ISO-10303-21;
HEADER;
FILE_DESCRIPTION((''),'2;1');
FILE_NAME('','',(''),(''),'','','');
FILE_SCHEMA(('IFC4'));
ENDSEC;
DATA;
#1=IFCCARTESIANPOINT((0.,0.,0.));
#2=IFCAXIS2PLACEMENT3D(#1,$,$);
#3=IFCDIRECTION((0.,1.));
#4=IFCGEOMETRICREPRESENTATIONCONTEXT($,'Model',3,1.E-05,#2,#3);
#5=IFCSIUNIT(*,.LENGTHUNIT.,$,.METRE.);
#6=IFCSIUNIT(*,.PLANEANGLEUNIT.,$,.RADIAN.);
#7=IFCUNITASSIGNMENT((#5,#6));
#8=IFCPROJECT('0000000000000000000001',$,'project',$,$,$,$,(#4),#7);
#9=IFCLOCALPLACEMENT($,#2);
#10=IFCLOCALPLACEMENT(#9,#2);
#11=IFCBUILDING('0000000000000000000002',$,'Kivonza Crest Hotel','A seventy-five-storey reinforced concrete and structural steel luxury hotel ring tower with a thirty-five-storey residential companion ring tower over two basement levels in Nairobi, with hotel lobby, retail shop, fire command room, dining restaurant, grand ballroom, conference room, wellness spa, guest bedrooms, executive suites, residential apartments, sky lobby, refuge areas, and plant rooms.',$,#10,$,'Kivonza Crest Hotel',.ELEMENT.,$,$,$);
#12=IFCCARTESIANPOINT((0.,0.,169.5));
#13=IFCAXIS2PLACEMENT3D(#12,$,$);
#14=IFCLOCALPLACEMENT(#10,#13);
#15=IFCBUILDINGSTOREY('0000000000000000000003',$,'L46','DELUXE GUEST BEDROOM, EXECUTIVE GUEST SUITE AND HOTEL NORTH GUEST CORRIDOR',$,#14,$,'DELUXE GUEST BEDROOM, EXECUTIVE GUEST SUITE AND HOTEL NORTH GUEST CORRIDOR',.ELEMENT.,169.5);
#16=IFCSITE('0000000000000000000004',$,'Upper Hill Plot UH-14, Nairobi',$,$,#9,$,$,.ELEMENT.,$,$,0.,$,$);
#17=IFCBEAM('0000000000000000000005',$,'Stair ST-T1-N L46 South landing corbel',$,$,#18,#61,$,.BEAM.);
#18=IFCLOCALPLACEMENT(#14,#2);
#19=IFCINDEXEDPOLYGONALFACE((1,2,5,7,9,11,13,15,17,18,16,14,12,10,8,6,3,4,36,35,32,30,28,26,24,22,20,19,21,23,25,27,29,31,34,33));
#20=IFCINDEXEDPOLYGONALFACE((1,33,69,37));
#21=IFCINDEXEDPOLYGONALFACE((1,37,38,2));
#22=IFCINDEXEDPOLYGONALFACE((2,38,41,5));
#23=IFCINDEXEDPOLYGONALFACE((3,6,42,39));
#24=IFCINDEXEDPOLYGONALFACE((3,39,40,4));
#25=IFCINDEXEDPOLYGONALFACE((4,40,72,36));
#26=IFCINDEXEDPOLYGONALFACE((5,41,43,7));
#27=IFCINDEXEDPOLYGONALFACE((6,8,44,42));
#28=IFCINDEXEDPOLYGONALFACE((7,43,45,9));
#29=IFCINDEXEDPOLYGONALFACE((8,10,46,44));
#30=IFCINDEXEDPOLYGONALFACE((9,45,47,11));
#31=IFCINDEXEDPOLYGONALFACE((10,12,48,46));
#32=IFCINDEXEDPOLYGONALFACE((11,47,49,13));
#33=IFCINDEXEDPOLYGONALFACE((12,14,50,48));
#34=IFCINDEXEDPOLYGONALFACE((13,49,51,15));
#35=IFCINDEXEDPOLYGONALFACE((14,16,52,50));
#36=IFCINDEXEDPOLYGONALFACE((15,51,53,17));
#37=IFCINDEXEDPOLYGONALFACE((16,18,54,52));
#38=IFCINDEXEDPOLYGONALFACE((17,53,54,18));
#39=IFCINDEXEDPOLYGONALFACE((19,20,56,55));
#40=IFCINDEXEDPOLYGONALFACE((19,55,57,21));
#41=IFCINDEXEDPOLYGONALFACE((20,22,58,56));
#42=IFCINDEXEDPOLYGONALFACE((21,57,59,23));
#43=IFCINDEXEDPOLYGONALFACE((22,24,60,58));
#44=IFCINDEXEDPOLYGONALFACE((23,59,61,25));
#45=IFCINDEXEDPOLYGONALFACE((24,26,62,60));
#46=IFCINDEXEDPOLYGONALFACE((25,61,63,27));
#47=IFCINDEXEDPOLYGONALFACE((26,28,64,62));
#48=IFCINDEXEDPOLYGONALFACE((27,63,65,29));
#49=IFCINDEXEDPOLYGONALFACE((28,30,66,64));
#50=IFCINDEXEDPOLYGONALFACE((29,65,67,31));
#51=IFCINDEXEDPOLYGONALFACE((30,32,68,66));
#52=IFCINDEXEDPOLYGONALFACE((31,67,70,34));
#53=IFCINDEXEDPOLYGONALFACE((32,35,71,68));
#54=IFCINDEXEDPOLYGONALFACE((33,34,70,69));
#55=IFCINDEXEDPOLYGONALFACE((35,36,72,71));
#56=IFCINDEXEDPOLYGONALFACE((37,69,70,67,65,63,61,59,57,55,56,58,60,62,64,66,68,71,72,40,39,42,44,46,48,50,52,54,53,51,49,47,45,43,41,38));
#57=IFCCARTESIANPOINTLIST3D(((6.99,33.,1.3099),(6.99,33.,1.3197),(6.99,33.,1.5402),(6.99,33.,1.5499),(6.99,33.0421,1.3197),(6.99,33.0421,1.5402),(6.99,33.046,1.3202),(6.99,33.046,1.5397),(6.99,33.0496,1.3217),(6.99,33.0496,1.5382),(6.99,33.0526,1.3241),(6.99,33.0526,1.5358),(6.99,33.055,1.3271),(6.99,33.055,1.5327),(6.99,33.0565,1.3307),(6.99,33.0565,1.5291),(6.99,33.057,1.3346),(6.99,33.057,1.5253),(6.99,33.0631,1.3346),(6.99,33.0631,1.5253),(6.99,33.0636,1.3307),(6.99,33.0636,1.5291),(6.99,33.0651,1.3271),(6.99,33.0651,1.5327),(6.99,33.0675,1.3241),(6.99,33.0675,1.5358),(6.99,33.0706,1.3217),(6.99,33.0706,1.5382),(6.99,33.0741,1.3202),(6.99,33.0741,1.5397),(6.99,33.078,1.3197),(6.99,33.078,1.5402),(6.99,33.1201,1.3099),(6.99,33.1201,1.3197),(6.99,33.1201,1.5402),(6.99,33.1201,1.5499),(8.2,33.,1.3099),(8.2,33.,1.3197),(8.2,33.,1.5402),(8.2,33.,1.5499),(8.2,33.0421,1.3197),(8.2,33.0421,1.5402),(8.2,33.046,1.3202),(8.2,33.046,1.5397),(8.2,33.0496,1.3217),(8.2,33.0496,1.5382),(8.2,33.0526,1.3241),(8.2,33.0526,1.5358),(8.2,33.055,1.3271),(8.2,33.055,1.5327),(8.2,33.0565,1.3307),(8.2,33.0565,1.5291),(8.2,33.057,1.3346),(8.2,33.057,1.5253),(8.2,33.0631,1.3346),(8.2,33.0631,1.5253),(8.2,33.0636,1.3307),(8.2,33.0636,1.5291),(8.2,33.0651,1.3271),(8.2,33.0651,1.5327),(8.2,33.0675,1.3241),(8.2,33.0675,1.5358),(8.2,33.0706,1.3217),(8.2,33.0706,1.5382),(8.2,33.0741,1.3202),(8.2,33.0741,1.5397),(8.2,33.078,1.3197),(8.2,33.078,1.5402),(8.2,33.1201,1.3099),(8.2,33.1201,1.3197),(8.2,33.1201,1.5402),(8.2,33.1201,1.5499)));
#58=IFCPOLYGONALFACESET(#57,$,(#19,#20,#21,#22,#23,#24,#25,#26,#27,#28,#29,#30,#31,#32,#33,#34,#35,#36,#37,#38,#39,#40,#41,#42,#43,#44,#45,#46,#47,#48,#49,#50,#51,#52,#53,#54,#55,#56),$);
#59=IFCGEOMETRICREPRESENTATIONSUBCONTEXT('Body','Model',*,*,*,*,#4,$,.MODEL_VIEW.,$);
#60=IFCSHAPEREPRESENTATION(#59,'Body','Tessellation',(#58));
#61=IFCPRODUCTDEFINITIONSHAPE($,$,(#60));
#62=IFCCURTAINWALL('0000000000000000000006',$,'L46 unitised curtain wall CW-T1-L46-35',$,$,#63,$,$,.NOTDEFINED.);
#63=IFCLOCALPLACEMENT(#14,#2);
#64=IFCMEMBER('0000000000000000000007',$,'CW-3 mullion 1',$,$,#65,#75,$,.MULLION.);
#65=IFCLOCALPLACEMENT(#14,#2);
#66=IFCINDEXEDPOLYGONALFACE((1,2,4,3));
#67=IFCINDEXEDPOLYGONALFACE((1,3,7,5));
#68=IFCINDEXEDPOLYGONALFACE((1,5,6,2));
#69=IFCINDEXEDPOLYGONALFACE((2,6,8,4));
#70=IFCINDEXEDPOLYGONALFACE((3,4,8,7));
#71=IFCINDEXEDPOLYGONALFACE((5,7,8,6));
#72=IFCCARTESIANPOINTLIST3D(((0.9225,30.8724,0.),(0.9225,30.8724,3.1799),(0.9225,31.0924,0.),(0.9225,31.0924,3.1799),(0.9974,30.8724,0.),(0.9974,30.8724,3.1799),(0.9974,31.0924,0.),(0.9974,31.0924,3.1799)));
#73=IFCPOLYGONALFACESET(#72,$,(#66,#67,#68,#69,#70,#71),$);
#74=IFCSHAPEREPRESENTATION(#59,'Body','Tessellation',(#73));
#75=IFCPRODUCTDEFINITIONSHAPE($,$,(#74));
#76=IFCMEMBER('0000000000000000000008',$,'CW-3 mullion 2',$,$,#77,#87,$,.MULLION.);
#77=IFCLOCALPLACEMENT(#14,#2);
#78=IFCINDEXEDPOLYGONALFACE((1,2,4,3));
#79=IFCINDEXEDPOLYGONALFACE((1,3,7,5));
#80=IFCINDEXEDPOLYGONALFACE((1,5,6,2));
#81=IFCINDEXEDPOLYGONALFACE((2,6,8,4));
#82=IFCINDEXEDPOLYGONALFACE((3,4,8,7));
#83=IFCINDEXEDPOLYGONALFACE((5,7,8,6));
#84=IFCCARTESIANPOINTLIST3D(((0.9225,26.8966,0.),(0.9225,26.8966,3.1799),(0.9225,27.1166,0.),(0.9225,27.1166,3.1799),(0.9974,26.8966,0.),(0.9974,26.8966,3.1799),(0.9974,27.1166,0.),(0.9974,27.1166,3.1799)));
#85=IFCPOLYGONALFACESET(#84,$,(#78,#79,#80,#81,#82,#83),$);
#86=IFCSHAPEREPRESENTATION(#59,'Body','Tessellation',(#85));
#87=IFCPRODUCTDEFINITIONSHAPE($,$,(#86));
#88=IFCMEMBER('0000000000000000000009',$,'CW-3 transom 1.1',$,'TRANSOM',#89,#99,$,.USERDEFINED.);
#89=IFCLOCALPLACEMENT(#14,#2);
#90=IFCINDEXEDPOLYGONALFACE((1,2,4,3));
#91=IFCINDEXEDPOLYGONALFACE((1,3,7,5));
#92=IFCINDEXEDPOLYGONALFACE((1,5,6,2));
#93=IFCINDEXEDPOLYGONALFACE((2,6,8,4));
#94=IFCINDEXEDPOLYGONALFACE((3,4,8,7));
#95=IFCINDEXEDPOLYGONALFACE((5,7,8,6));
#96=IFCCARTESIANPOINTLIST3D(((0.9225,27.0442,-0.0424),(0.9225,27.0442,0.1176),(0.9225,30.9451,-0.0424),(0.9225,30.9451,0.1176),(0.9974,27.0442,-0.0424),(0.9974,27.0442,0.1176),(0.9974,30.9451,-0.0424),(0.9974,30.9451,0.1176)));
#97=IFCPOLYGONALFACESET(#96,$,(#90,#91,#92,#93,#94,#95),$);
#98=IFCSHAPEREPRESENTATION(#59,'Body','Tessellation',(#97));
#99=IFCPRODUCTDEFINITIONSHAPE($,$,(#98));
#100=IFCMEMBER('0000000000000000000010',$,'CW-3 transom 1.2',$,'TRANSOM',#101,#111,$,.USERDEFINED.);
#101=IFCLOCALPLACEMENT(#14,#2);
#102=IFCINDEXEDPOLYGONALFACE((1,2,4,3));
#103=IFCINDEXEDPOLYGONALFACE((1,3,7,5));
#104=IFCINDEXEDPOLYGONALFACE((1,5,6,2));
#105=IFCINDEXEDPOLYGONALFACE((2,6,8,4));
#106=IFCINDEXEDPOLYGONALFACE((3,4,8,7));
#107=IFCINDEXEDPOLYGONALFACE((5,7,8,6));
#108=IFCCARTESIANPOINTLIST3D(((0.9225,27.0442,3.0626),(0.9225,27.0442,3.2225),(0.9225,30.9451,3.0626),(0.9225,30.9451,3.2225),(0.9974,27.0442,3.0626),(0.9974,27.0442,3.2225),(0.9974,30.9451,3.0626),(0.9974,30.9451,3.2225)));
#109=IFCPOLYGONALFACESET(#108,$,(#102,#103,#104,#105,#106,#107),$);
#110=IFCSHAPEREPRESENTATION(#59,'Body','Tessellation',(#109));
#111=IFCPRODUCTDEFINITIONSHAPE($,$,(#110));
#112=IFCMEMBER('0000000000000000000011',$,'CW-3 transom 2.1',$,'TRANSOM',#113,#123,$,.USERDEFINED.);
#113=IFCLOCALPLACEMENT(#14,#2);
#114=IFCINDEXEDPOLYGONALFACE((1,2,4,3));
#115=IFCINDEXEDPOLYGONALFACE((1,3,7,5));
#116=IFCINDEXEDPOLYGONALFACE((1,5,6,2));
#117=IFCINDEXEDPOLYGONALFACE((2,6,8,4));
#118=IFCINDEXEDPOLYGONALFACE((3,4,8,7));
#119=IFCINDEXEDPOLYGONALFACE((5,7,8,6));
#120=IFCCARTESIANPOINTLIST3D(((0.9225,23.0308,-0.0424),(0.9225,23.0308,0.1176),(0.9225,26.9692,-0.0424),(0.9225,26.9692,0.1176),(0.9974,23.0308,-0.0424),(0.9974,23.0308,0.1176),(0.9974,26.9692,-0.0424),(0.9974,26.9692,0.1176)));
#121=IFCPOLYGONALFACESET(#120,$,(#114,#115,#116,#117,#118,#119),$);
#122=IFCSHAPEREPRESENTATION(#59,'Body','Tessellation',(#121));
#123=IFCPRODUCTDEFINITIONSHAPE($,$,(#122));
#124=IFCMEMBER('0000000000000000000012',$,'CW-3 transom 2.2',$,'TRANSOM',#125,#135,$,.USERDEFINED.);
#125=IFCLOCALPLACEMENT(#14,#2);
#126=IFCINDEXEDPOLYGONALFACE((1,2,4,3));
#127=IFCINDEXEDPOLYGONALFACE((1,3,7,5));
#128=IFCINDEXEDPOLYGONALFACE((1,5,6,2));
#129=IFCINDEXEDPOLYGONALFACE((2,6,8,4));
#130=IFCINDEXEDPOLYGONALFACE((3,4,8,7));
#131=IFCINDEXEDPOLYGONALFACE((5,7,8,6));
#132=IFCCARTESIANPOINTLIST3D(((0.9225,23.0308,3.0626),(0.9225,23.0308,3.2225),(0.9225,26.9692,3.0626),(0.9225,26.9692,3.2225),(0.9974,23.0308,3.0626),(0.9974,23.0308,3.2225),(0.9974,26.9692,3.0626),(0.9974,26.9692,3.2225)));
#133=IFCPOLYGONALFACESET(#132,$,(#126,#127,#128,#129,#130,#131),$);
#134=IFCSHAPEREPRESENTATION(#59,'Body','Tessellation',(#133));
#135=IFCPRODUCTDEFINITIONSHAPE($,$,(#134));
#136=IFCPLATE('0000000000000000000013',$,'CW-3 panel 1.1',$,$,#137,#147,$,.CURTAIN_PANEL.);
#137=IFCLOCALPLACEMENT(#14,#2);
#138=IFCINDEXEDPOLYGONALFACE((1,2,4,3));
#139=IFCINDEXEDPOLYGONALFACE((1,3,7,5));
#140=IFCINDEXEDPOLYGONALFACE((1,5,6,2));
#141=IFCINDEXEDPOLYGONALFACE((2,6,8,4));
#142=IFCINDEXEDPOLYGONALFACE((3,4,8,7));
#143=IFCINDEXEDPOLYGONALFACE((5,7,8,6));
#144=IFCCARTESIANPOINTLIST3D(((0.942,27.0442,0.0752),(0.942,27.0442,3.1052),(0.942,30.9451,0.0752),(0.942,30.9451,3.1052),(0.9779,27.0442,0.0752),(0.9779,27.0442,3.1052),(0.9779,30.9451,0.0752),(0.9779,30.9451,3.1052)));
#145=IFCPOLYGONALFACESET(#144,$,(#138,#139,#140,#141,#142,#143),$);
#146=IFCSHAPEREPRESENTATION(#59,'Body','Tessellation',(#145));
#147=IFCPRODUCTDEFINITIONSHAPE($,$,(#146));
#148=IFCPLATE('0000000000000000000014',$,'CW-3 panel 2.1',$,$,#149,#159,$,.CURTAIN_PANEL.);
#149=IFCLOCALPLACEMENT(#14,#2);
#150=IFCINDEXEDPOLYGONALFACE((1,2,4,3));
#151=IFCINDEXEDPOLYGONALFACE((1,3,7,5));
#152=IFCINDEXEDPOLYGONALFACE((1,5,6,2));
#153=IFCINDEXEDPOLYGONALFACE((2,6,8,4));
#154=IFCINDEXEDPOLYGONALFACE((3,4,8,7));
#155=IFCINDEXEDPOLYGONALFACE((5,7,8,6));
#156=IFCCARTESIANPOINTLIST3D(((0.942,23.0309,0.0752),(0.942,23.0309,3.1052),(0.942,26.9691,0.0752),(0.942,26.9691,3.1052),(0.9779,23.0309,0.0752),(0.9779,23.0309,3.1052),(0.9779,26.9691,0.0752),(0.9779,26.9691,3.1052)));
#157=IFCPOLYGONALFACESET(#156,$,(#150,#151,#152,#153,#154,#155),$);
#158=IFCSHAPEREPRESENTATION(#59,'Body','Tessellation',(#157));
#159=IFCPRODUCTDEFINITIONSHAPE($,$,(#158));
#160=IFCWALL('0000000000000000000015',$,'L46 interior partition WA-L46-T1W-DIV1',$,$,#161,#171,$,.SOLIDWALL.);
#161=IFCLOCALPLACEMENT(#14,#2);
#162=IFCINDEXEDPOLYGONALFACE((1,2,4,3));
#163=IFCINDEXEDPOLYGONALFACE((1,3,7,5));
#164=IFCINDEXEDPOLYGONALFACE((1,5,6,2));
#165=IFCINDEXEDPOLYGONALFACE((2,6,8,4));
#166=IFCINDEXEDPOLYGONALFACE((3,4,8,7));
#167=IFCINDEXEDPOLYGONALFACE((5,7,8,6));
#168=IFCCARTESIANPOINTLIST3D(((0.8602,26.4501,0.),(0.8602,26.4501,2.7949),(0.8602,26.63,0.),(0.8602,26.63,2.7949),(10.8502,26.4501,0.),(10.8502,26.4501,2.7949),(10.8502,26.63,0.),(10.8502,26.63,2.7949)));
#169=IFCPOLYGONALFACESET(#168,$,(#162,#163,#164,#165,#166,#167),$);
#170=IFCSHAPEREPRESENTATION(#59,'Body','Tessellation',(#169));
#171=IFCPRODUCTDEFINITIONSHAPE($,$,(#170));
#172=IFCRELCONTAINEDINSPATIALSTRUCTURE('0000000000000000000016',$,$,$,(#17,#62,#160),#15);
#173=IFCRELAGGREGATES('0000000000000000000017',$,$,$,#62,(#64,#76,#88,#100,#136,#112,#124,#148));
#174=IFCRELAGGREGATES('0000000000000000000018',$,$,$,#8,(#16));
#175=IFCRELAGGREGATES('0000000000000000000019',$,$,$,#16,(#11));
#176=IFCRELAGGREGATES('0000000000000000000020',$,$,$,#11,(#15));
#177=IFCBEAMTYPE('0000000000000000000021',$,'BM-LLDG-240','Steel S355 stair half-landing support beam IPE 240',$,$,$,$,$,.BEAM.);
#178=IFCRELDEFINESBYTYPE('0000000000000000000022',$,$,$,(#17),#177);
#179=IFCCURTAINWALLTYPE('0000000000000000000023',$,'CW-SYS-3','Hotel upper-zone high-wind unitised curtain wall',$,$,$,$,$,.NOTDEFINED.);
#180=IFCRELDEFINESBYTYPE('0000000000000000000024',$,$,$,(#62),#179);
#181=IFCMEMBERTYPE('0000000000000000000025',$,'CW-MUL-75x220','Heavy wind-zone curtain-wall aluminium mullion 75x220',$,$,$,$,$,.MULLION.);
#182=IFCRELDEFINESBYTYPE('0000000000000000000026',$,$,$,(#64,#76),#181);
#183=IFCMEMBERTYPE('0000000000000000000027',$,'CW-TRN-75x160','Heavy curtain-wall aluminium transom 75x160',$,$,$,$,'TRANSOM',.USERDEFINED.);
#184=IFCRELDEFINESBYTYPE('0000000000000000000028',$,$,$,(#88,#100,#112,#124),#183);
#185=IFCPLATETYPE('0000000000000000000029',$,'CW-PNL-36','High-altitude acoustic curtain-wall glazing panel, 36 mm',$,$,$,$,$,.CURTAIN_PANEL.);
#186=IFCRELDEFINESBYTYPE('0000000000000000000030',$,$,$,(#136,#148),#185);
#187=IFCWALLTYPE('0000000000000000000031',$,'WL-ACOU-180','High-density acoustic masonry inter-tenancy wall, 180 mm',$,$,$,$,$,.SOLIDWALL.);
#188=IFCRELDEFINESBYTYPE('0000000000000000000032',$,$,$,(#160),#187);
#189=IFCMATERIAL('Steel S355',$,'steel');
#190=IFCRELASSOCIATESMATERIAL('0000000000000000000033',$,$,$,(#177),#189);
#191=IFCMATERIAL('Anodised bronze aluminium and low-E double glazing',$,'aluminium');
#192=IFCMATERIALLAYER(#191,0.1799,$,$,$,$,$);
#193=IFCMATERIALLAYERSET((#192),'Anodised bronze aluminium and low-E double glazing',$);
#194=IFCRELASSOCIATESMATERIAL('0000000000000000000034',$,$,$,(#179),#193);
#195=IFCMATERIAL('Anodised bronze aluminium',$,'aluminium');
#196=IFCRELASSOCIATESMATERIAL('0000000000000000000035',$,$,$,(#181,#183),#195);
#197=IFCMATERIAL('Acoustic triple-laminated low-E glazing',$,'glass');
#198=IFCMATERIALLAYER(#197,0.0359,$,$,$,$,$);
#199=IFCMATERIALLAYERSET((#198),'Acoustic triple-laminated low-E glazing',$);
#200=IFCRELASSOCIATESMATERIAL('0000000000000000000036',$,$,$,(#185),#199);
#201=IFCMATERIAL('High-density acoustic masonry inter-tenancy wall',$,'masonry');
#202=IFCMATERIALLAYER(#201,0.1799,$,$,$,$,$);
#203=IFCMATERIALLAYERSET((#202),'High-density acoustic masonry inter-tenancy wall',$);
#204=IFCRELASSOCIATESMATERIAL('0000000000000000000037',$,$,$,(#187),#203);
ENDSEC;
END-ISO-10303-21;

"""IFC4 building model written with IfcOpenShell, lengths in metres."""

from ifc_helpers import new_model, si_unit, direction, frame, frame_2d, origin, origin_2d, place, context, subcontext, project, spatial, rectangle, i_section, extrude, material, layer, layer_set, material_profile, profile_set, type_object, element, aggregate, save


model = new_model("IFC4")

# Units and contexts
model_context = context("Model", 3, precision=1e-05, world=origin(), true_north=direction((0.0, 1.0)))
body_context = subcontext(model_context, "Body", "Model", "MODEL_VIEW")
ifc_project = project(units=[si_unit("LENGTHUNIT", "METRE"), si_unit("PLANEANGLEUNIT", "RADIAN")], contexts=[model_context])

# Site, building, storey
site_placement = place(None, origin())
site = spatial("IfcSite", under=ifc_project, at=site_placement, Name="Upper Hill Plot UH-14, Nairobi", CompositionType="ELEMENT", RefElevation=0.0)
building_placement = place(site_placement, origin())
building = spatial("IfcBuilding", under=site, at=building_placement, Name="Kivonza Crest Hotel", Description="A seventy-five-storey reinforced concrete and structural steel luxury hotel ring tower with a thirty-five-storey residential companion ring tower over two basement levels in Nairobi, with hotel lobby, retail shop, fire command room, dining restaurant, grand ballroom, conference room, wellness spa, guest bedrooms, executive suites, residential apartments, sky lobby, refuge areas, and plant rooms.", LongName="Kivonza Crest Hotel", CompositionType="ELEMENT")
storey_placement = place(building_placement, frame((0.0, 0.0, 169.5)))
storey = spatial("IfcBuildingStorey", under=building, at=storey_placement, Name="L46", Description="DELUXE GUEST BEDROOM, EXECUTIVE GUEST SUITE AND HOTEL NORTH GUEST CORRIDOR", LongName="DELUXE GUEST BEDROOM, EXECUTIVE GUEST SUITE AND HOTEL NORTH GUEST CORRIDOR", CompositionType="ELEMENT", Elevation=169.5)

# Beam
ifc_material_1 = material(Name="Steel S355", Category="steel")
ifc_material_profile_1 = material_profile(ifc_material_1, i_section(OverallWidth=0.1201, OverallDepth=0.24, WebThickness=0.0061, FlangeThickness=0.0098, FilletRadius=0.0149, at=origin_2d()), Name="IPE 240")
ifc_profile_set_1 = profile_set([ifc_material_profile_1], Name="Steel S355")
beam_type_1 = type_object("IfcBeamType", Name="BM-LLDG-240", Description="Steel S355 stair half-landing support beam IPE 240", PredefinedType="BEAM", material=ifc_profile_set_1)
beam_1_placement = place(storey_placement, frame((6.99, 33.0601, 1.4299), z_axis=(1.0, 0.0, 0.0), x_axis=(0.0, 1.0, 0.0)))
element("IfcBeam", 1, at=beam_1_placement, inside=storey, type_object=beam_type_1, Name="Stair ST-T1-N L46 South landing corbel", PredefinedType="BEAM", context=body_context, shape_type="SweptSolid", body=[
    extrude(i_section(OverallWidth=0.1201, OverallDepth=0.24, WebThickness=0.0061, FlangeThickness=0.0098, FilletRadius=0.0149, at=origin_2d()), origin(), (0.0, 0.0, 1.0), 1.21),
])

# Curtain wall, members, plates
ifc_material_2 = material(Name="Anodised bronze aluminium and low-E double glazing", Category="aluminium")
ifc_layer_1 = layer(ifc_material_2, 0.1799)
ifc_layer_set_1 = layer_set([ifc_layer_1], Name="Anodised bronze aluminium and low-E double glazing")
curtain_wall_type = type_object("IfcCurtainWallType", Name="CW-SYS-3", Description="Hotel upper-zone high-wind unitised curtain wall", PredefinedType="NOTDEFINED", material=ifc_layer_set_1)
curtain_wall_placement = place(storey_placement, origin())
curtain_wall = element("IfcCurtainWall", 2, at=curtain_wall_placement, inside=storey, type_object=curtain_wall_type, Name="L46 unitised curtain wall CW-T1-L46-35", PredefinedType="NOTDEFINED")
ifc_material_3 = material(Name="Anodised bronze aluminium", Category="aluminium")
ifc_material_profile_2 = material_profile(ifc_material_3, rectangle(XDim=0.075, YDim=0.22, at=origin_2d()), Name="CW-M 75x220")
ifc_profile_set_2 = profile_set([ifc_material_profile_2], Name="Anodised bronze aluminium")
member_type_1 = type_object("IfcMemberType", Name="CW-MUL-75x220", Description="Heavy wind-zone curtain-wall aluminium mullion 75x220", PredefinedType="MULLION", material=ifc_profile_set_2)
member_1_placement = place(storey_placement, frame((0.96, 30.9824, 0.0), z_axis=(0.0, 0.0, 1.0), x_axis=(1.0, 0.0, 0.0)))
member_1 = element("IfcMember", 3, at=member_1_placement, type_object=member_type_1, Name="CW-3 mullion 1", PredefinedType="MULLION", context=body_context, shape_type="SweptSolid", body=[
    extrude(rectangle(XDim=0.075, YDim=0.22, at=origin_2d()), origin(), (0.0, 0.0, 1.0), 3.1799),
])
member_2_placement = place(storey_placement, frame((0.96, 27.0066, 0.0), z_axis=(0.0, 0.0, 1.0), x_axis=(1.0, 0.0, 0.0)))
member_2 = element("IfcMember", 4, at=member_2_placement, type_object=member_type_1, Name="CW-3 mullion 2", PredefinedType="MULLION", context=body_context, shape_type="SweptSolid", body=[
    extrude(rectangle(XDim=0.075, YDim=0.22, at=origin_2d()), origin(), (0.0, 0.0, 1.0), 3.1799),
])
ifc_material_profile_3 = material_profile(ifc_material_3, rectangle(XDim=0.075, YDim=0.1599, at=origin_2d()), Name="CW-T 75x160")
ifc_profile_set_3 = profile_set([ifc_material_profile_3], Name="Anodised bronze aluminium")
member_type_2 = type_object("IfcMemberType", Name="CW-TRN-75x160", Description="Heavy curtain-wall aluminium transom 75x160", ElementType="TRANSOM", PredefinedType="USERDEFINED", material=ifc_profile_set_3)
member_3_placement = place(storey_placement, frame((0.96, 30.9451, 0.0376), z_axis=(0.0, -1.0, 0.0), x_axis=(1.0, 0.0, 0.0)))
member_3 = element("IfcMember", 5, at=member_3_placement, type_object=member_type_2, Name="CW-3 transom 1.1", ObjectType="TRANSOM", PredefinedType="USERDEFINED", context=body_context, shape_type="SweptSolid", body=[
    extrude(rectangle(XDim=0.075, YDim=0.1599, at=origin_2d()), origin(), (0.0, 0.0, 1.0), 3.9009),
])
member_4_placement = place(storey_placement, frame((0.96, 30.9451, 3.1426), z_axis=(0.0, -1.0, 0.0), x_axis=(1.0, 0.0, 0.0)))
member_4 = element("IfcMember", 6, at=member_4_placement, type_object=member_type_2, Name="CW-3 transom 1.2", ObjectType="TRANSOM", PredefinedType="USERDEFINED", context=body_context, shape_type="SweptSolid", body=[
    extrude(rectangle(XDim=0.075, YDim=0.1599, at=origin_2d()), origin(), (0.0, 0.0, 1.0), 3.9009),
])
member_5_placement = place(storey_placement, frame((0.96, 26.9692, 0.0376), z_axis=(0.0, -1.0, 0.0), x_axis=(1.0, 0.0, 0.0)))
member_5 = element("IfcMember", 7, at=member_5_placement, type_object=member_type_2, Name="CW-3 transom 2.1", ObjectType="TRANSOM", PredefinedType="USERDEFINED", context=body_context, shape_type="SweptSolid", body=[
    extrude(rectangle(XDim=0.075, YDim=0.1599, at=origin_2d()), origin(), (0.0, 0.0, 1.0), 3.9385),
])
member_6_placement = place(storey_placement, frame((0.96, 26.9692, 3.1426), z_axis=(0.0, -1.0, 0.0), x_axis=(1.0, 0.0, 0.0)))
member_6 = element("IfcMember", 8, at=member_6_placement, type_object=member_type_2, Name="CW-3 transom 2.2", ObjectType="TRANSOM", PredefinedType="USERDEFINED", context=body_context, shape_type="SweptSolid", body=[
    extrude(rectangle(XDim=0.075, YDim=0.1599, at=origin_2d()), origin(), (0.0, 0.0, 1.0), 3.9385),
])
ifc_material_4 = material(Name="Acoustic triple-laminated low-E glazing", Category="glass")
ifc_layer_2 = layer(ifc_material_4, 0.0359)
ifc_layer_set_2 = layer_set([ifc_layer_2], Name="Acoustic triple-laminated low-E glazing")
plate_type = type_object("IfcPlateType", Name="CW-PNL-36", Description="High-altitude acoustic curtain-wall glazing panel, 36 mm", PredefinedType="CURTAIN_PANEL", material=ifc_layer_set_2)
plate_1_placement = place(storey_placement, frame((0.96, 28.9946, 0.0752), z_axis=(0.0, 0.0, 1.0), x_axis=(0.0, -1.0, 0.0)))
plate_1 = element("IfcPlate", 9, at=plate_1_placement, type_object=plate_type, Name="CW-3 panel 1.1", PredefinedType="CURTAIN_PANEL", context=body_context, shape_type="SweptSolid", body=[
    extrude(rectangle(XDim=3.9009, YDim=0.0359, at=origin_2d()), origin(), (0.0, 0.0, 1.0), 3.03),
])
plate_2_placement = place(storey_placement, frame((0.96, 25.0, 0.0752), z_axis=(0.0, 0.0, 1.0), x_axis=(0.0, -1.0, 0.0)))
plate_2 = element("IfcPlate", 10, at=plate_2_placement, type_object=plate_type, Name="CW-3 panel 2.1", PredefinedType="CURTAIN_PANEL", context=body_context, shape_type="SweptSolid", body=[
    extrude(rectangle(XDim=3.9382, YDim=0.0359, at=origin_2d()), origin(), (0.0, 0.0, 1.0), 3.03),
])
aggregate(curtain_wall, [member_1, member_2, member_3, member_4, plate_1, member_5, member_6, plate_2])

# Wall
ifc_material_5 = material(Name="High-density acoustic masonry inter-tenancy wall", Category="masonry")
ifc_layer_3 = layer(ifc_material_5, 0.1799)
ifc_layer_set_3 = layer_set([ifc_layer_3], Name="High-density acoustic masonry inter-tenancy wall")
wall_type_1 = type_object("IfcWallType", Name="WL-ACOU-180", Description="High-density acoustic masonry inter-tenancy wall, 180 mm", PredefinedType="SOLIDWALL", material=ifc_layer_set_3)
wall_1_placement = place(storey_placement, frame((0.8601, 26.54, 0.0), z_axis=(0.0, 0.0, 1.0), x_axis=(1.0, 0.0, 0.0)))
element("IfcWall", 11, at=wall_1_placement, inside=storey, type_object=wall_type_1, Name="L46 interior partition WA-L46-T1W-DIV1", PredefinedType="SOLIDWALL", context=body_context, shape_type="SweptSolid", body=[
    extrude(rectangle(XDim=9.99, YDim=0.1799, at=frame_2d((4.9951, 0.0))), origin(), (0.0, 0.0, 1.0), 2.7949),
])

save(model, "model.ifc")
